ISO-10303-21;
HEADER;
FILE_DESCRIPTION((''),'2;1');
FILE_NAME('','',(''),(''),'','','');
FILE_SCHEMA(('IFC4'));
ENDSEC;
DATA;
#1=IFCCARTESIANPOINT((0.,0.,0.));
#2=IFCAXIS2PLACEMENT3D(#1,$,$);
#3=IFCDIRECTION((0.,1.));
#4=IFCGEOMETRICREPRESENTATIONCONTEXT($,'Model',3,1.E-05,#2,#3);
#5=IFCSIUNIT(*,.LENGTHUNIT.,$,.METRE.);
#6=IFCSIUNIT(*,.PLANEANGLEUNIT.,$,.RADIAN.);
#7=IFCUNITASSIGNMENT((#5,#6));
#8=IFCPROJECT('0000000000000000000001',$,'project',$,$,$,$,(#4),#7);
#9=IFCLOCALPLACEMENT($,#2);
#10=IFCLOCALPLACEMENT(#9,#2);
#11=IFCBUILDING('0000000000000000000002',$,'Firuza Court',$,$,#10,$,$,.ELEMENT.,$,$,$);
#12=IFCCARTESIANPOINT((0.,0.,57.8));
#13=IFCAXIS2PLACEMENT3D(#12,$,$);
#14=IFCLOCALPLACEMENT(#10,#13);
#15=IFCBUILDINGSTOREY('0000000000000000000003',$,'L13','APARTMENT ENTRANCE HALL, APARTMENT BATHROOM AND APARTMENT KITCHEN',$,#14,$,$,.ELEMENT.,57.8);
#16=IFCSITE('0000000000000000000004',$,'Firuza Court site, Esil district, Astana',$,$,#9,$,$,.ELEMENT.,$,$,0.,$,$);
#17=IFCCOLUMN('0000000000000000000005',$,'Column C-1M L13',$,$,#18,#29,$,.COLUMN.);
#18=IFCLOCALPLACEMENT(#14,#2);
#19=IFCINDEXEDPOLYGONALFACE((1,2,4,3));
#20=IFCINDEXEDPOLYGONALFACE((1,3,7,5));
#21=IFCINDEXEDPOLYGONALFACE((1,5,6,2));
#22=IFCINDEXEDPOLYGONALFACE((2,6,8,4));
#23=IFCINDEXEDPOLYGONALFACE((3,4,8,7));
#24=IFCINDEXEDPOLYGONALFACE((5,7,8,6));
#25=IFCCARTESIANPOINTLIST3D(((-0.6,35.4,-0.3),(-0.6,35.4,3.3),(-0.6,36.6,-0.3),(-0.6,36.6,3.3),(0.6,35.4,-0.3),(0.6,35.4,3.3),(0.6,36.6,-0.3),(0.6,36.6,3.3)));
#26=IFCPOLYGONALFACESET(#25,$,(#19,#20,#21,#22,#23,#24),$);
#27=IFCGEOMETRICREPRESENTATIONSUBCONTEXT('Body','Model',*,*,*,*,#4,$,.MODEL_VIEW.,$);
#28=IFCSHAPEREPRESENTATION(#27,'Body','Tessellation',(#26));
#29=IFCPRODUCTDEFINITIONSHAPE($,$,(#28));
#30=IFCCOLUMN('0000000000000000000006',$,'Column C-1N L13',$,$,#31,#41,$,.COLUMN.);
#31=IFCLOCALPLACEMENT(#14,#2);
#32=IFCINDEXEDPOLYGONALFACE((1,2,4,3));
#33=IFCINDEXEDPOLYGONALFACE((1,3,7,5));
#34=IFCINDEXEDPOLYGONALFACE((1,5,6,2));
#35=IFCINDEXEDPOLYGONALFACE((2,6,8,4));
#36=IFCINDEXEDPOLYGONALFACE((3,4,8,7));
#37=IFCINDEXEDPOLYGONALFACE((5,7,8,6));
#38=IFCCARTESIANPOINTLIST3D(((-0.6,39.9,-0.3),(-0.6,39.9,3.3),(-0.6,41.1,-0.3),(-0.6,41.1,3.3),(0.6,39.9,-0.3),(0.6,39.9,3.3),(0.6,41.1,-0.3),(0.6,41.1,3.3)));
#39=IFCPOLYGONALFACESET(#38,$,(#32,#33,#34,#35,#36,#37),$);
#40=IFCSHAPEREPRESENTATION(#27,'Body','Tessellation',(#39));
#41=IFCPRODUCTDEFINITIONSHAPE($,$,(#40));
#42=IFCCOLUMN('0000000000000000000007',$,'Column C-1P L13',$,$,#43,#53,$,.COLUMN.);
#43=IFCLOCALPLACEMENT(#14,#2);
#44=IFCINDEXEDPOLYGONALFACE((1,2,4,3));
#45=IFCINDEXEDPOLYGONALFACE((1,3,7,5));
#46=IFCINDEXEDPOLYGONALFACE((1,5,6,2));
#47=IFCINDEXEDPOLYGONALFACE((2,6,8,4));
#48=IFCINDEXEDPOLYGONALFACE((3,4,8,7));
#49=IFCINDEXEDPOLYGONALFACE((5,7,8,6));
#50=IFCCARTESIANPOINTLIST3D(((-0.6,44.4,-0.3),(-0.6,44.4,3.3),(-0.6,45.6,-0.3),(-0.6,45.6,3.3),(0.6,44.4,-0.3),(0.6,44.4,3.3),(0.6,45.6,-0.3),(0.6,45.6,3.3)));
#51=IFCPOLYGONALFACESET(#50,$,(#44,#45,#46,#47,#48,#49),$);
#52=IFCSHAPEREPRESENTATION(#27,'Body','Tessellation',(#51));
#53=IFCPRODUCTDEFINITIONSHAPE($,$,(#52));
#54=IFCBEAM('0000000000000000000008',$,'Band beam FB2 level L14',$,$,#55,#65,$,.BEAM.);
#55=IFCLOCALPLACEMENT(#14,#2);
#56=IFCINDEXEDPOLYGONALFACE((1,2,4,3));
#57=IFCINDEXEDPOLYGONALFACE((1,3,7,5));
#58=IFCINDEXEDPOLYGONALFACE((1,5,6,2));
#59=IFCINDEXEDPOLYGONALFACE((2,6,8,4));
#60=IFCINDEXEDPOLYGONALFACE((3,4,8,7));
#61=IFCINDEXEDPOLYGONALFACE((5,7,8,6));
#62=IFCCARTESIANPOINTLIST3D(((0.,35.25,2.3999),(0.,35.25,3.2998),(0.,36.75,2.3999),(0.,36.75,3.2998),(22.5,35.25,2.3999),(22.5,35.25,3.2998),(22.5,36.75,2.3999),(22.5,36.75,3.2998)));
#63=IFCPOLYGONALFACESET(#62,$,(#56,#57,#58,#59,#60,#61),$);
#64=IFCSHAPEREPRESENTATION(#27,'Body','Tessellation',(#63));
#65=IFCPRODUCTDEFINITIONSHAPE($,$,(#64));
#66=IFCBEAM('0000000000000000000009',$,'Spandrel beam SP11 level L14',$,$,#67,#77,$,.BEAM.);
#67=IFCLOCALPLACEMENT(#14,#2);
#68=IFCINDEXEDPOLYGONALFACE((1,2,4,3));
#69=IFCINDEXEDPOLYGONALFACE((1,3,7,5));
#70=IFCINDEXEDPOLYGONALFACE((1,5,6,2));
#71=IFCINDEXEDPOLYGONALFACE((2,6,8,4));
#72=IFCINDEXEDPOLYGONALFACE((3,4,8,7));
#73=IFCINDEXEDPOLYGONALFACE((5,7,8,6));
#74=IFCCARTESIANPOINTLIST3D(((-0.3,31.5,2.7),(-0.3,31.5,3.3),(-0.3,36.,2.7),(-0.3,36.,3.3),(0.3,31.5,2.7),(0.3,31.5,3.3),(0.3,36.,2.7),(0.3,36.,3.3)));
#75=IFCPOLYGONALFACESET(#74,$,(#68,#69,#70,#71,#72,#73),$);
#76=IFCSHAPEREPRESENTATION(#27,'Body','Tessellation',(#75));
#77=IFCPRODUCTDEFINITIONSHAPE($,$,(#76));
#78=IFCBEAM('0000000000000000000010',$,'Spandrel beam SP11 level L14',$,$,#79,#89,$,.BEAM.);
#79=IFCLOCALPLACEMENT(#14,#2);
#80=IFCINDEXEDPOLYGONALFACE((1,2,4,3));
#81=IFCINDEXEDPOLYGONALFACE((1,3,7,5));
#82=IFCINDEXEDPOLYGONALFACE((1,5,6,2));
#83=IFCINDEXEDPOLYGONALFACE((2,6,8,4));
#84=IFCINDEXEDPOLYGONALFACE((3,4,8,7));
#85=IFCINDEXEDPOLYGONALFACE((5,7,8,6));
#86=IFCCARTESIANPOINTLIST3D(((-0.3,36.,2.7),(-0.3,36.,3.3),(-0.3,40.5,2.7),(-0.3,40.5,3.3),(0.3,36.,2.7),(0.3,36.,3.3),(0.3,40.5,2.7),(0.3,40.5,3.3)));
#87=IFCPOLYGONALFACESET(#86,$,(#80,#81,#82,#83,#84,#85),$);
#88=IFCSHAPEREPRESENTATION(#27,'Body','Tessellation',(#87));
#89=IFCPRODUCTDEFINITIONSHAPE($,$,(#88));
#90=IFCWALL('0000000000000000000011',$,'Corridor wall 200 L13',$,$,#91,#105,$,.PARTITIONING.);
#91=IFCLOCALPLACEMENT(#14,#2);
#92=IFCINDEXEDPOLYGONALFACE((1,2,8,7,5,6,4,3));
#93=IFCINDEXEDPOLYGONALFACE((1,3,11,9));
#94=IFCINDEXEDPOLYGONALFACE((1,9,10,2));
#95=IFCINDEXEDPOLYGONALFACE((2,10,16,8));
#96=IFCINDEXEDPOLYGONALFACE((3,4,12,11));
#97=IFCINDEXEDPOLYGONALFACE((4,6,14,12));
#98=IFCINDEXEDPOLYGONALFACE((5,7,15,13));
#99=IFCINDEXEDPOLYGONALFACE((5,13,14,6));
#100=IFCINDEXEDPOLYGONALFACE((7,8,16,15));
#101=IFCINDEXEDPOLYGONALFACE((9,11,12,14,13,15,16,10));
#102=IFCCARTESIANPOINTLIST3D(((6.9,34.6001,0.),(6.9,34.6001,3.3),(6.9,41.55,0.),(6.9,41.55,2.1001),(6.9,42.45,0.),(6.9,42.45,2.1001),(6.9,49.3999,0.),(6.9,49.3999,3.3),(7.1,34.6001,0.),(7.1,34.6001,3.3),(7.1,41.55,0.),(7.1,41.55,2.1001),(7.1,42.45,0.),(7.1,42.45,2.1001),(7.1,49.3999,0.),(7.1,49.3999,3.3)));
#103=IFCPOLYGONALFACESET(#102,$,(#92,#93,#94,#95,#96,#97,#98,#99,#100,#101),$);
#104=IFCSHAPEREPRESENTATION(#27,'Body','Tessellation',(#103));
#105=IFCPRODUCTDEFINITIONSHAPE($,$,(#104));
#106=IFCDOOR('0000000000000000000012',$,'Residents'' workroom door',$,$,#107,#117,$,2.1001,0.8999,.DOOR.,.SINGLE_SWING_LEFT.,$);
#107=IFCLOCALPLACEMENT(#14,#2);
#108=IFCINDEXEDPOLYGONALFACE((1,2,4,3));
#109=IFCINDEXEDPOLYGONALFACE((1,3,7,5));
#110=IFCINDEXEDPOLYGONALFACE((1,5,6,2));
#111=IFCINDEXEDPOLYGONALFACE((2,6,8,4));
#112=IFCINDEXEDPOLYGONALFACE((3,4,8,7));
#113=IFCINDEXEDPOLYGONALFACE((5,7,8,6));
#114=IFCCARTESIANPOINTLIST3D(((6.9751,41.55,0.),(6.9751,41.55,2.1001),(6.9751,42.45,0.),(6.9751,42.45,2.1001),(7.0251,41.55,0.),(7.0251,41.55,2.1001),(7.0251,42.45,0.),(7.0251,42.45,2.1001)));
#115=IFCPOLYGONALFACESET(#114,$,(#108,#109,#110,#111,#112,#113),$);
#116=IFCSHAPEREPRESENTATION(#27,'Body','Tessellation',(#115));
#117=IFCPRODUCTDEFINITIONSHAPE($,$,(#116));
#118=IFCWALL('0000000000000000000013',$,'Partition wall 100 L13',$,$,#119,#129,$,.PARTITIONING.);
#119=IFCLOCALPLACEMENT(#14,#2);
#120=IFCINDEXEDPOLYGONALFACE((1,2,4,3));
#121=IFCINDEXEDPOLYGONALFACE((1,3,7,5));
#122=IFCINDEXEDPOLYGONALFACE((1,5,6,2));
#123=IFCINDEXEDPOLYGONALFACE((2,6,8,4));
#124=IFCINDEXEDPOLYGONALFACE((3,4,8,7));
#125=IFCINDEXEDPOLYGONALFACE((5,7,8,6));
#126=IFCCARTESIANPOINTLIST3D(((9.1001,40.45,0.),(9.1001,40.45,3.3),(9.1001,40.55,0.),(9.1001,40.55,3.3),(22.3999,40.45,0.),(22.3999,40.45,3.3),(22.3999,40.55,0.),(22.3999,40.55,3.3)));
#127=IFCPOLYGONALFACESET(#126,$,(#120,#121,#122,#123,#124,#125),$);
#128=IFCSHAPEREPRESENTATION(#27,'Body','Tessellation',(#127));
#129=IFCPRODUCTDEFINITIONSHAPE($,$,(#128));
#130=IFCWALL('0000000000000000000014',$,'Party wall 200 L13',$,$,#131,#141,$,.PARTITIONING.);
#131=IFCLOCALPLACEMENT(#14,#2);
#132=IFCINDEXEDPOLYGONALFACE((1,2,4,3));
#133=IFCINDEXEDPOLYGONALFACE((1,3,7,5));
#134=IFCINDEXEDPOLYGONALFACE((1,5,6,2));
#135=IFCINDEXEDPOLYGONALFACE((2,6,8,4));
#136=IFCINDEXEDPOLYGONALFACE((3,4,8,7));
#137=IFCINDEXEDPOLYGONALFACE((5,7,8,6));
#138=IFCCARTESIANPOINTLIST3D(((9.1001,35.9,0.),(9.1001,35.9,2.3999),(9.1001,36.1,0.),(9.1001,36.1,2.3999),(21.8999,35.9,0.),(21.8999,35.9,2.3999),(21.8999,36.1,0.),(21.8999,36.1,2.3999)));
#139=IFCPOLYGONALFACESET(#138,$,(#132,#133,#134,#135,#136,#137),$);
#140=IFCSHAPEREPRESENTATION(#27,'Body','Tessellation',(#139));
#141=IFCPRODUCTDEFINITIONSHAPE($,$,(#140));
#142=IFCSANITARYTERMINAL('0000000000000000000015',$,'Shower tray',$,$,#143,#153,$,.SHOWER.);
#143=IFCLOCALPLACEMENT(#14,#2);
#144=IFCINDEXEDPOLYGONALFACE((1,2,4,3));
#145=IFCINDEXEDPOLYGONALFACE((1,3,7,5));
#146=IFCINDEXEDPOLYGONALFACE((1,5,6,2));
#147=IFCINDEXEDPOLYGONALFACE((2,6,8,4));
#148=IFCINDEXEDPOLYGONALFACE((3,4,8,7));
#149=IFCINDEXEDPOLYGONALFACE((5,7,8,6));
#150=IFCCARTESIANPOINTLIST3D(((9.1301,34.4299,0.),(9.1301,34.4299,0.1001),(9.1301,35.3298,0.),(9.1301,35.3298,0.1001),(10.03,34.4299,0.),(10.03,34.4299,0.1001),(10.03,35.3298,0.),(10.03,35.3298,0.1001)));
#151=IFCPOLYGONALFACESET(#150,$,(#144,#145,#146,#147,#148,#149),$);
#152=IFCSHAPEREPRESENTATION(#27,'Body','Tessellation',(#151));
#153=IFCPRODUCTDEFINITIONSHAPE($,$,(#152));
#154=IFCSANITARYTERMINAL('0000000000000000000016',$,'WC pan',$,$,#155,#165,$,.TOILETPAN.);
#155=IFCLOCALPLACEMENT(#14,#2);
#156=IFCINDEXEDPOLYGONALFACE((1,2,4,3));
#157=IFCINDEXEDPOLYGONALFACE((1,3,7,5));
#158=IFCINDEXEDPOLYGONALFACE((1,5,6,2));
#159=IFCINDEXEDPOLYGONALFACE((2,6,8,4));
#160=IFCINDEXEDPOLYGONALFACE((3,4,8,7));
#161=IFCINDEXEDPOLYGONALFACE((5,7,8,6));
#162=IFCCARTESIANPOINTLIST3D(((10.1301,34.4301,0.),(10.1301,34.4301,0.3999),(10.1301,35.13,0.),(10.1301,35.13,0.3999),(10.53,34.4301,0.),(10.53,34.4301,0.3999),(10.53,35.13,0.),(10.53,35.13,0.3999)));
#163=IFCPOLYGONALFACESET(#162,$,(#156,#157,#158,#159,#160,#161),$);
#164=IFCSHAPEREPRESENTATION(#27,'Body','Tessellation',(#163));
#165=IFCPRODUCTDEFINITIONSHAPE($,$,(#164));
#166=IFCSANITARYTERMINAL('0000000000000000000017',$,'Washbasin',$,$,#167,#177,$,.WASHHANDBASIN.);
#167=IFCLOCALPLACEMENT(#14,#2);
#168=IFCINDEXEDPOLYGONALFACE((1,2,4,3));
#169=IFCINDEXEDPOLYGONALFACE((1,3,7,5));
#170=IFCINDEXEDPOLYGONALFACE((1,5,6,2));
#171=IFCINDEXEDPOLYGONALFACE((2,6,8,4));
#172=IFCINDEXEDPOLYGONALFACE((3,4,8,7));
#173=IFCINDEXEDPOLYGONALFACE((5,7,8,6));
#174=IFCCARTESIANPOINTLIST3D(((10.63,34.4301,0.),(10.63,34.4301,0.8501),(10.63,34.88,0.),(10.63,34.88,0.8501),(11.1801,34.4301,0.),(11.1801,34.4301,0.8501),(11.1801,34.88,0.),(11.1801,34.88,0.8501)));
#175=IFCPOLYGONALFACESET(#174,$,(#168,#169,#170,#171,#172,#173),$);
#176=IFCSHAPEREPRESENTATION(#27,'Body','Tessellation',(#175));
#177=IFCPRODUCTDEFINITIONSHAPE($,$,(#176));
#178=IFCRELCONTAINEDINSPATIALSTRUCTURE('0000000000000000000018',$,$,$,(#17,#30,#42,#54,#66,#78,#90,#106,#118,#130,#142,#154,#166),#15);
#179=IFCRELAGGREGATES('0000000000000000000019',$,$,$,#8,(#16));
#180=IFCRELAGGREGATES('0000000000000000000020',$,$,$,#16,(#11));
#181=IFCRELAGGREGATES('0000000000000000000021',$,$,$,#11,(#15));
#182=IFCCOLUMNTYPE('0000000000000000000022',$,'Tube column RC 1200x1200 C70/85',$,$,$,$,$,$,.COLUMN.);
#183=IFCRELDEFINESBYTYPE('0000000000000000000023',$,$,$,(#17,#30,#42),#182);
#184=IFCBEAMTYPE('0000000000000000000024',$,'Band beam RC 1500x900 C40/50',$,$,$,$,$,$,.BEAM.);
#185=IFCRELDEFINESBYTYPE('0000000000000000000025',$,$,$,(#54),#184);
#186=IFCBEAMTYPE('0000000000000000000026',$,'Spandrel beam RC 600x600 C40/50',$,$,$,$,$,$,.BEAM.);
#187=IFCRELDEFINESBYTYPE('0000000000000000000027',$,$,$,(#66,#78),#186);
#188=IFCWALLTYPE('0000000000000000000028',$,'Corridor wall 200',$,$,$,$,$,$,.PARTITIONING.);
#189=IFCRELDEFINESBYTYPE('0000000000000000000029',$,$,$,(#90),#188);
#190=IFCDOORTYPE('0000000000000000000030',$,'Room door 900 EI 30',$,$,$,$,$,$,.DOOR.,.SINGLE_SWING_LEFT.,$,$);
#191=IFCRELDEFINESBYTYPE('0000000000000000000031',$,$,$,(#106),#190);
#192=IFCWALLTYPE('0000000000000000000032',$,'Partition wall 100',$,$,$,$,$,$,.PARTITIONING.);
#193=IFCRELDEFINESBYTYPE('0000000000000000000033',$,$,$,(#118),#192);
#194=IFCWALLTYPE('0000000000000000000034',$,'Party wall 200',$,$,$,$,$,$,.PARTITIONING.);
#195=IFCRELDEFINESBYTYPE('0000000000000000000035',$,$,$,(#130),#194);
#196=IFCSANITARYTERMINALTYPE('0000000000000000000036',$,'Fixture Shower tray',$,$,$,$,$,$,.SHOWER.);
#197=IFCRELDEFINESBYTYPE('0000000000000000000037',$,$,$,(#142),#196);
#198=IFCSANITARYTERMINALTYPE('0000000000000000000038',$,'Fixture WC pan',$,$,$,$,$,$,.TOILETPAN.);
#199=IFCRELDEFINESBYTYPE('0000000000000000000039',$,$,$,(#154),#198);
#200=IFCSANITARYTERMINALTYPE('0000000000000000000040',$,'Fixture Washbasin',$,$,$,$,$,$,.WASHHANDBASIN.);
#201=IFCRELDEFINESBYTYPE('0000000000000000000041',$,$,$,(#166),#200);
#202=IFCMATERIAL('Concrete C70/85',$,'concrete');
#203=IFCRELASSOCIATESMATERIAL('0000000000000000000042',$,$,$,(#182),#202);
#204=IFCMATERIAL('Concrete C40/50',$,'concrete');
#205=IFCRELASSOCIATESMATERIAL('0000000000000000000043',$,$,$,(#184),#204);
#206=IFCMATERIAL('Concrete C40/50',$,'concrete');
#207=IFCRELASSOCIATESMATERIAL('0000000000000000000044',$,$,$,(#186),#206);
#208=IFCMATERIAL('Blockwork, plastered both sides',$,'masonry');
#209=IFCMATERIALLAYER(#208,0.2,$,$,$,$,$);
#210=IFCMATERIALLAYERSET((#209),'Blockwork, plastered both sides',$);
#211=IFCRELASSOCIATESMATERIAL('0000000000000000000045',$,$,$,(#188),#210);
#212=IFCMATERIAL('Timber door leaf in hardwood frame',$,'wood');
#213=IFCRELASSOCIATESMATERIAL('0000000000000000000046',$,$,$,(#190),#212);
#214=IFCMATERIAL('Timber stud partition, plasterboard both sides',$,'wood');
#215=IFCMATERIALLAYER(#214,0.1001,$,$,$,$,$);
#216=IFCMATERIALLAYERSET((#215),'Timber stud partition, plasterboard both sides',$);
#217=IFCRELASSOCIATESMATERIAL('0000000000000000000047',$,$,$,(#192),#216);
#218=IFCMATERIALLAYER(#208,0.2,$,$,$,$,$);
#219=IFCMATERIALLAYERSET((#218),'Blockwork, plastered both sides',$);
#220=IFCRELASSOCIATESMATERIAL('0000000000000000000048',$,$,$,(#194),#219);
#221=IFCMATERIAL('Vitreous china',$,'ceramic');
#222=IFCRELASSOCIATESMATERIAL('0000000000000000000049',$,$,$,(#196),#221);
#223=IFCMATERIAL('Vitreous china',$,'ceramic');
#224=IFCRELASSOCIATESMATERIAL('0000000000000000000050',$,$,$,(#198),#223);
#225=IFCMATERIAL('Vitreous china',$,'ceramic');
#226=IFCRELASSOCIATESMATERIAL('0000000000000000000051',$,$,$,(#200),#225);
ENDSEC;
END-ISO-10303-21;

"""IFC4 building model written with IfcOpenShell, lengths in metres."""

from ifc_helpers import new_model, si_unit, direction, frame, frame_2d, origin, origin_2d, place, context, subcontext, project, spatial, rectangle, extrude, material, layer, layer_set, material_profile, profile_set, type_object, element, fill, save


model = new_model("IFC4")

# Units and contexts
model_context = context("Model", 3, precision=1e-05, world=origin(), true_north=direction((0.0, 1.0)))
body_context = subcontext(model_context, "Body", "Model", "MODEL_VIEW")
ifc_project = project(units=[si_unit("LENGTHUNIT", "METRE"), si_unit("PLANEANGLEUNIT", "RADIAN")], contexts=[model_context])

# Site, building, storey
site_placement = place(None, origin())
site = spatial("IfcSite", under=ifc_project, at=site_placement, Name="Firuza Court site, Esil district, Astana", CompositionType="ELEMENT", RefElevation=0.0)
building_placement = place(site_placement, origin())
building = spatial("IfcBuilding", under=site, at=building_placement, Name="Firuza Court", CompositionType="ELEMENT")
storey_placement = place(building_placement, frame((0.0, 0.0, 57.8)))
storey = spatial("IfcBuildingStorey", under=building, at=storey_placement, Name="L13", Description="APARTMENT ENTRANCE HALL, APARTMENT BATHROOM AND APARTMENT KITCHEN", CompositionType="ELEMENT", Elevation=57.8)

# Columns
ifc_material_1 = material(Name="Concrete C70/85", Category="concrete")
ifc_material_profile_1 = material_profile(ifc_material_1, rectangle(XDim=1.2, YDim=1.2, at=origin_2d()), Name="RC 1200x1200")
ifc_profile_set_1 = profile_set([ifc_material_profile_1], Name="Concrete C70/85")
column_type = type_object("IfcColumnType", Name="Tube column RC 1200x1200 C70/85", PredefinedType="COLUMN", material=ifc_profile_set_1)
for number, where, z_axis, x_axis, name in (
    (1, (0.0, 36.0, -0.3), (0.0, 0.0, 1.0), (1.0, 0.0, 0.0), "Column C-1M L13"),
    (2, (0.0, 40.5, -0.3), (0.0, 0.0, 1.0), (1.0, 0.0, 0.0), "Column C-1N L13"),
    (3, (0.0, 45.0, -0.3), (0.0, 0.0, 1.0), (1.0, 0.0, 0.0), "Column C-1P L13"),
):
    element("IfcColumn", number, at=place(storey_placement, frame(where, z_axis=z_axis, x_axis=x_axis)), inside=storey, type_object=column_type, Name=name, PredefinedType="COLUMN", context=body_context, shape_type="SweptSolid", body=[
        extrude(rectangle(XDim=1.2, YDim=1.2, at=origin_2d()), origin(), (0.0, 0.0, 1.0), 3.6001),
    ])

# Beams
ifc_material_2 = material(Name="Concrete C40/50", Category="concrete")
ifc_material_profile_2 = material_profile(ifc_material_2, rectangle(XDim=1.5, YDim=0.8999, at=origin_2d()), Name="RC 1500x900")
ifc_profile_set_2 = profile_set([ifc_material_profile_2], Name="Concrete C40/50")
beam_type_1 = type_object("IfcBeamType", Name="Band beam RC 1500x900 C40/50", PredefinedType="BEAM", material=ifc_profile_set_2)
beam_placement = place(storey_placement, frame((0.0, 36.0, 2.8499), z_axis=(1.0, 0.0, 0.0), x_axis=(0.0, 1.0, 0.0)))
element("IfcBeam", 4, at=beam_placement, inside=storey, type_object=beam_type_1, Name="Band beam FB2 level L14", PredefinedType="BEAM", context=body_context, shape_type="SweptSolid", body=[
    extrude(rectangle(XDim=1.5, YDim=0.8999, at=origin_2d()), origin(), (0.0, 0.0, 1.0), 22.5),
])
ifc_material_3 = material(Name="Concrete C40/50", Category="concrete")
ifc_material_profile_3 = material_profile(ifc_material_3, rectangle(XDim=0.6001, YDim=0.6001, at=origin_2d()), Name="RC 600x600")
ifc_profile_set_3 = profile_set([ifc_material_profile_3], Name="Concrete C40/50")
beam_type_2 = type_object("IfcBeamType", Name="Spandrel beam RC 600x600 C40/50", PredefinedType="BEAM", material=ifc_profile_set_3)
for number, where, z_axis, x_axis, name in (
    (5, (0.0, 36.0, 3.0), (0.0, -1.0, 0.0), (1.0, 0.0, 0.0), "Spandrel beam SP11 level L14"),
    (6, (0.0, 40.5, 3.0), (0.0, -1.0, 0.0), (1.0, 0.0, 0.0), "Spandrel beam SP11 level L14"),
):
    element("IfcBeam", number, at=place(storey_placement, frame(where, z_axis=z_axis, x_axis=x_axis)), inside=storey, type_object=beam_type_2, Name=name, PredefinedType="BEAM", context=body_context, shape_type="SweptSolid", body=[
        extrude(rectangle(XDim=0.6001, YDim=0.6001, at=origin_2d()), origin(), (0.0, 0.0, 1.0), 4.5),
    ])

# Wall, opening, door
ifc_material_4 = material(Name="Blockwork, plastered both sides", Category="masonry")
ifc_layer_1 = layer(ifc_material_4, 0.2)
ifc_layer_set_1 = layer_set([ifc_layer_1], Name="Blockwork, plastered both sides")
wall_type_1 = type_object("IfcWallType", Name="Corridor wall 200", PredefinedType="PARTITIONING", material=ifc_layer_set_1)
wall_1_placement = place(storey_placement, frame((7.0, 34.6001, 0.0), z_axis=(0.0, 0.0, 1.0), x_axis=(0.0, 1.0, 0.0)))
wall_1 = element("IfcWall", 7, at=wall_1_placement, inside=storey, type_object=wall_type_1, Name="Corridor wall 200 L13", PredefinedType="PARTITIONING", context=body_context, shape_type="SweptSolid", body=[
    extrude(rectangle(XDim=14.7998, YDim=0.2, at=frame_2d((7.3999, 0.0))), origin(), (0.0, 0.0, 1.0), 3.3),
])
opening_placement = place(wall_1_placement, frame((6.95, 0.0, 0.0)))
opening = element("IfcOpeningElement", 8, at=opening_placement, cuts=wall_1, PredefinedType="OPENING", context=body_context, shape_type="SweptSolid", body=[
    extrude(rectangle(XDim=0.8999, YDim=2.1001, at=frame_2d((0.45, 1.05))), frame((0.0, 0.1118, 0.0), z_axis=(0.0, -1.0, 0.0), x_axis=(1.0, 0.0, 0.0)), (0.0, 0.0, 1.0), 0.2239),
])
ifc_material_5 = material(Name="Timber door leaf in hardwood frame", Category="wood")
door_type = type_object("IfcDoorType", Name="Room door 900 EI 30", OperationType="SINGLE_SWING_LEFT", PredefinedType="DOOR", material=ifc_material_5)
door_placement = place(opening_placement, origin())
door = element("IfcDoor", 9, at=door_placement, inside=storey, type_object=door_type, Name="Residents' workroom door", OperationType="SINGLE_SWING_LEFT", OverallHeight=2.1001, OverallWidth=0.8999, PredefinedType="DOOR", context=body_context, shape_type="SweptSolid", body=[
    extrude(rectangle(XDim=0.8999, YDim=2.1001, at=frame_2d((0.45, 1.05))), frame((0.0, 0.0249, 0.0), z_axis=(0.0, -1.0, 0.0), x_axis=(1.0, 0.0, 0.0)), (0.0, 0.0, 1.0), 0.05),
])
fill(opening, door)

# Walls
ifc_material_6 = material(Name="Timber stud partition, plasterboard both sides", Category="wood")
ifc_layer_2 = layer(ifc_material_6, 0.1001)
ifc_layer_set_2 = layer_set([ifc_layer_2], Name="Timber stud partition, plasterboard both sides")
wall_type_2 = type_object("IfcWallType", Name="Partition wall 100", PredefinedType="PARTITIONING", material=ifc_layer_set_2)
wall_2_placement = place(storey_placement, frame((9.1001, 40.5, 0.0), z_axis=(0.0, 0.0, 1.0), x_axis=(1.0, 0.0, 0.0)))
element("IfcWall", 10, at=wall_2_placement, inside=storey, type_object=wall_type_2, Name="Partition wall 100 L13", PredefinedType="PARTITIONING", context=body_context, shape_type="SweptSolid", body=[
    extrude(rectangle(XDim=13.2998, YDim=0.1001, at=frame_2d((6.6499, 0.0))), origin(), (0.0, 0.0, 1.0), 3.3),
])
ifc_layer_3 = layer(ifc_material_4, 0.2)
ifc_layer_set_3 = layer_set([ifc_layer_3], Name="Blockwork, plastered both sides")
wall_type_3 = type_object("IfcWallType", Name="Party wall 200", PredefinedType="PARTITIONING", material=ifc_layer_set_3)
wall_3_placement = place(storey_placement, frame((9.1001, 36.0, 0.0), z_axis=(0.0, 0.0, 1.0), x_axis=(1.0, 0.0, 0.0)))
element("IfcWall", 11, at=wall_3_placement, inside=storey, type_object=wall_type_3, Name="Party wall 200 L13", PredefinedType="PARTITIONING", context=body_context, shape_type="SweptSolid", body=[
    extrude(rectangle(XDim=12.7998, YDim=0.2, at=frame_2d((6.3999, 0.0))), origin(), (0.0, 0.0, 1.0), 2.3999),
])

# Sanitary terminals
ifc_material_7 = material(Name="Vitreous china", Category="ceramic")
sanitary_terminal_type_1 = type_object("IfcSanitaryTerminalType", Name="Fixture Shower tray", PredefinedType="SHOWER", material=ifc_material_7)
sanitary_terminal_1_placement = place(storey_placement, frame((9.5801, 34.8799, 0.0), z_axis=(0.0, 0.0, 1.0), x_axis=(1.0, 0.0, 0.0)))
element("IfcSanitaryTerminal", 12, at=sanitary_terminal_1_placement, inside=storey, type_object=sanitary_terminal_type_1, Name="Shower tray", PredefinedType="SHOWER", context=body_context, shape_type="SweptSolid", body=[
    extrude(rectangle(XDim=0.8999, YDim=0.8999, at=origin_2d()), origin(), (0.0, 0.0, 1.0), 0.1001),
])
ifc_material_8 = material(Name="Vitreous china", Category="ceramic")
sanitary_terminal_type_2 = type_object("IfcSanitaryTerminalType", Name="Fixture WC pan", PredefinedType="TOILETPAN", material=ifc_material_8)
sanitary_terminal_2_placement = place(storey_placement, frame((10.3301, 34.78, 0.0), z_axis=(0.0, 0.0, 1.0), x_axis=(1.0, 0.0, 0.0)))
element("IfcSanitaryTerminal", 13, at=sanitary_terminal_2_placement, inside=storey, type_object=sanitary_terminal_type_2, Name="WC pan", PredefinedType="TOILETPAN", context=body_context, shape_type="SweptSolid", body=[
    extrude(rectangle(XDim=0.3999, YDim=0.7, at=origin_2d()), origin(), (0.0, 0.0, 1.0), 0.3999),
])
ifc_material_9 = material(Name="Vitreous china", Category="ceramic")
sanitary_terminal_type_3 = type_object("IfcSanitaryTerminalType", Name="Fixture Washbasin", PredefinedType="WASHHANDBASIN", material=ifc_material_9)
sanitary_terminal_3_placement = place(storey_placement, frame((10.905, 34.655, 0.0), z_axis=(0.0, 0.0, 1.0), x_axis=(1.0, 0.0, 0.0)))
element("IfcSanitaryTerminal", 14, at=sanitary_terminal_3_placement, inside=storey, type_object=sanitary_terminal_type_3, Name="Washbasin", PredefinedType="WASHHANDBASIN", context=body_context, shape_type="SweptSolid", body=[
    extrude(rectangle(XDim=0.55, YDim=0.45, at=origin_2d()), origin(), (0.0, 0.0, 1.0), 0.8501),
])

save(model, "model.ifc")
